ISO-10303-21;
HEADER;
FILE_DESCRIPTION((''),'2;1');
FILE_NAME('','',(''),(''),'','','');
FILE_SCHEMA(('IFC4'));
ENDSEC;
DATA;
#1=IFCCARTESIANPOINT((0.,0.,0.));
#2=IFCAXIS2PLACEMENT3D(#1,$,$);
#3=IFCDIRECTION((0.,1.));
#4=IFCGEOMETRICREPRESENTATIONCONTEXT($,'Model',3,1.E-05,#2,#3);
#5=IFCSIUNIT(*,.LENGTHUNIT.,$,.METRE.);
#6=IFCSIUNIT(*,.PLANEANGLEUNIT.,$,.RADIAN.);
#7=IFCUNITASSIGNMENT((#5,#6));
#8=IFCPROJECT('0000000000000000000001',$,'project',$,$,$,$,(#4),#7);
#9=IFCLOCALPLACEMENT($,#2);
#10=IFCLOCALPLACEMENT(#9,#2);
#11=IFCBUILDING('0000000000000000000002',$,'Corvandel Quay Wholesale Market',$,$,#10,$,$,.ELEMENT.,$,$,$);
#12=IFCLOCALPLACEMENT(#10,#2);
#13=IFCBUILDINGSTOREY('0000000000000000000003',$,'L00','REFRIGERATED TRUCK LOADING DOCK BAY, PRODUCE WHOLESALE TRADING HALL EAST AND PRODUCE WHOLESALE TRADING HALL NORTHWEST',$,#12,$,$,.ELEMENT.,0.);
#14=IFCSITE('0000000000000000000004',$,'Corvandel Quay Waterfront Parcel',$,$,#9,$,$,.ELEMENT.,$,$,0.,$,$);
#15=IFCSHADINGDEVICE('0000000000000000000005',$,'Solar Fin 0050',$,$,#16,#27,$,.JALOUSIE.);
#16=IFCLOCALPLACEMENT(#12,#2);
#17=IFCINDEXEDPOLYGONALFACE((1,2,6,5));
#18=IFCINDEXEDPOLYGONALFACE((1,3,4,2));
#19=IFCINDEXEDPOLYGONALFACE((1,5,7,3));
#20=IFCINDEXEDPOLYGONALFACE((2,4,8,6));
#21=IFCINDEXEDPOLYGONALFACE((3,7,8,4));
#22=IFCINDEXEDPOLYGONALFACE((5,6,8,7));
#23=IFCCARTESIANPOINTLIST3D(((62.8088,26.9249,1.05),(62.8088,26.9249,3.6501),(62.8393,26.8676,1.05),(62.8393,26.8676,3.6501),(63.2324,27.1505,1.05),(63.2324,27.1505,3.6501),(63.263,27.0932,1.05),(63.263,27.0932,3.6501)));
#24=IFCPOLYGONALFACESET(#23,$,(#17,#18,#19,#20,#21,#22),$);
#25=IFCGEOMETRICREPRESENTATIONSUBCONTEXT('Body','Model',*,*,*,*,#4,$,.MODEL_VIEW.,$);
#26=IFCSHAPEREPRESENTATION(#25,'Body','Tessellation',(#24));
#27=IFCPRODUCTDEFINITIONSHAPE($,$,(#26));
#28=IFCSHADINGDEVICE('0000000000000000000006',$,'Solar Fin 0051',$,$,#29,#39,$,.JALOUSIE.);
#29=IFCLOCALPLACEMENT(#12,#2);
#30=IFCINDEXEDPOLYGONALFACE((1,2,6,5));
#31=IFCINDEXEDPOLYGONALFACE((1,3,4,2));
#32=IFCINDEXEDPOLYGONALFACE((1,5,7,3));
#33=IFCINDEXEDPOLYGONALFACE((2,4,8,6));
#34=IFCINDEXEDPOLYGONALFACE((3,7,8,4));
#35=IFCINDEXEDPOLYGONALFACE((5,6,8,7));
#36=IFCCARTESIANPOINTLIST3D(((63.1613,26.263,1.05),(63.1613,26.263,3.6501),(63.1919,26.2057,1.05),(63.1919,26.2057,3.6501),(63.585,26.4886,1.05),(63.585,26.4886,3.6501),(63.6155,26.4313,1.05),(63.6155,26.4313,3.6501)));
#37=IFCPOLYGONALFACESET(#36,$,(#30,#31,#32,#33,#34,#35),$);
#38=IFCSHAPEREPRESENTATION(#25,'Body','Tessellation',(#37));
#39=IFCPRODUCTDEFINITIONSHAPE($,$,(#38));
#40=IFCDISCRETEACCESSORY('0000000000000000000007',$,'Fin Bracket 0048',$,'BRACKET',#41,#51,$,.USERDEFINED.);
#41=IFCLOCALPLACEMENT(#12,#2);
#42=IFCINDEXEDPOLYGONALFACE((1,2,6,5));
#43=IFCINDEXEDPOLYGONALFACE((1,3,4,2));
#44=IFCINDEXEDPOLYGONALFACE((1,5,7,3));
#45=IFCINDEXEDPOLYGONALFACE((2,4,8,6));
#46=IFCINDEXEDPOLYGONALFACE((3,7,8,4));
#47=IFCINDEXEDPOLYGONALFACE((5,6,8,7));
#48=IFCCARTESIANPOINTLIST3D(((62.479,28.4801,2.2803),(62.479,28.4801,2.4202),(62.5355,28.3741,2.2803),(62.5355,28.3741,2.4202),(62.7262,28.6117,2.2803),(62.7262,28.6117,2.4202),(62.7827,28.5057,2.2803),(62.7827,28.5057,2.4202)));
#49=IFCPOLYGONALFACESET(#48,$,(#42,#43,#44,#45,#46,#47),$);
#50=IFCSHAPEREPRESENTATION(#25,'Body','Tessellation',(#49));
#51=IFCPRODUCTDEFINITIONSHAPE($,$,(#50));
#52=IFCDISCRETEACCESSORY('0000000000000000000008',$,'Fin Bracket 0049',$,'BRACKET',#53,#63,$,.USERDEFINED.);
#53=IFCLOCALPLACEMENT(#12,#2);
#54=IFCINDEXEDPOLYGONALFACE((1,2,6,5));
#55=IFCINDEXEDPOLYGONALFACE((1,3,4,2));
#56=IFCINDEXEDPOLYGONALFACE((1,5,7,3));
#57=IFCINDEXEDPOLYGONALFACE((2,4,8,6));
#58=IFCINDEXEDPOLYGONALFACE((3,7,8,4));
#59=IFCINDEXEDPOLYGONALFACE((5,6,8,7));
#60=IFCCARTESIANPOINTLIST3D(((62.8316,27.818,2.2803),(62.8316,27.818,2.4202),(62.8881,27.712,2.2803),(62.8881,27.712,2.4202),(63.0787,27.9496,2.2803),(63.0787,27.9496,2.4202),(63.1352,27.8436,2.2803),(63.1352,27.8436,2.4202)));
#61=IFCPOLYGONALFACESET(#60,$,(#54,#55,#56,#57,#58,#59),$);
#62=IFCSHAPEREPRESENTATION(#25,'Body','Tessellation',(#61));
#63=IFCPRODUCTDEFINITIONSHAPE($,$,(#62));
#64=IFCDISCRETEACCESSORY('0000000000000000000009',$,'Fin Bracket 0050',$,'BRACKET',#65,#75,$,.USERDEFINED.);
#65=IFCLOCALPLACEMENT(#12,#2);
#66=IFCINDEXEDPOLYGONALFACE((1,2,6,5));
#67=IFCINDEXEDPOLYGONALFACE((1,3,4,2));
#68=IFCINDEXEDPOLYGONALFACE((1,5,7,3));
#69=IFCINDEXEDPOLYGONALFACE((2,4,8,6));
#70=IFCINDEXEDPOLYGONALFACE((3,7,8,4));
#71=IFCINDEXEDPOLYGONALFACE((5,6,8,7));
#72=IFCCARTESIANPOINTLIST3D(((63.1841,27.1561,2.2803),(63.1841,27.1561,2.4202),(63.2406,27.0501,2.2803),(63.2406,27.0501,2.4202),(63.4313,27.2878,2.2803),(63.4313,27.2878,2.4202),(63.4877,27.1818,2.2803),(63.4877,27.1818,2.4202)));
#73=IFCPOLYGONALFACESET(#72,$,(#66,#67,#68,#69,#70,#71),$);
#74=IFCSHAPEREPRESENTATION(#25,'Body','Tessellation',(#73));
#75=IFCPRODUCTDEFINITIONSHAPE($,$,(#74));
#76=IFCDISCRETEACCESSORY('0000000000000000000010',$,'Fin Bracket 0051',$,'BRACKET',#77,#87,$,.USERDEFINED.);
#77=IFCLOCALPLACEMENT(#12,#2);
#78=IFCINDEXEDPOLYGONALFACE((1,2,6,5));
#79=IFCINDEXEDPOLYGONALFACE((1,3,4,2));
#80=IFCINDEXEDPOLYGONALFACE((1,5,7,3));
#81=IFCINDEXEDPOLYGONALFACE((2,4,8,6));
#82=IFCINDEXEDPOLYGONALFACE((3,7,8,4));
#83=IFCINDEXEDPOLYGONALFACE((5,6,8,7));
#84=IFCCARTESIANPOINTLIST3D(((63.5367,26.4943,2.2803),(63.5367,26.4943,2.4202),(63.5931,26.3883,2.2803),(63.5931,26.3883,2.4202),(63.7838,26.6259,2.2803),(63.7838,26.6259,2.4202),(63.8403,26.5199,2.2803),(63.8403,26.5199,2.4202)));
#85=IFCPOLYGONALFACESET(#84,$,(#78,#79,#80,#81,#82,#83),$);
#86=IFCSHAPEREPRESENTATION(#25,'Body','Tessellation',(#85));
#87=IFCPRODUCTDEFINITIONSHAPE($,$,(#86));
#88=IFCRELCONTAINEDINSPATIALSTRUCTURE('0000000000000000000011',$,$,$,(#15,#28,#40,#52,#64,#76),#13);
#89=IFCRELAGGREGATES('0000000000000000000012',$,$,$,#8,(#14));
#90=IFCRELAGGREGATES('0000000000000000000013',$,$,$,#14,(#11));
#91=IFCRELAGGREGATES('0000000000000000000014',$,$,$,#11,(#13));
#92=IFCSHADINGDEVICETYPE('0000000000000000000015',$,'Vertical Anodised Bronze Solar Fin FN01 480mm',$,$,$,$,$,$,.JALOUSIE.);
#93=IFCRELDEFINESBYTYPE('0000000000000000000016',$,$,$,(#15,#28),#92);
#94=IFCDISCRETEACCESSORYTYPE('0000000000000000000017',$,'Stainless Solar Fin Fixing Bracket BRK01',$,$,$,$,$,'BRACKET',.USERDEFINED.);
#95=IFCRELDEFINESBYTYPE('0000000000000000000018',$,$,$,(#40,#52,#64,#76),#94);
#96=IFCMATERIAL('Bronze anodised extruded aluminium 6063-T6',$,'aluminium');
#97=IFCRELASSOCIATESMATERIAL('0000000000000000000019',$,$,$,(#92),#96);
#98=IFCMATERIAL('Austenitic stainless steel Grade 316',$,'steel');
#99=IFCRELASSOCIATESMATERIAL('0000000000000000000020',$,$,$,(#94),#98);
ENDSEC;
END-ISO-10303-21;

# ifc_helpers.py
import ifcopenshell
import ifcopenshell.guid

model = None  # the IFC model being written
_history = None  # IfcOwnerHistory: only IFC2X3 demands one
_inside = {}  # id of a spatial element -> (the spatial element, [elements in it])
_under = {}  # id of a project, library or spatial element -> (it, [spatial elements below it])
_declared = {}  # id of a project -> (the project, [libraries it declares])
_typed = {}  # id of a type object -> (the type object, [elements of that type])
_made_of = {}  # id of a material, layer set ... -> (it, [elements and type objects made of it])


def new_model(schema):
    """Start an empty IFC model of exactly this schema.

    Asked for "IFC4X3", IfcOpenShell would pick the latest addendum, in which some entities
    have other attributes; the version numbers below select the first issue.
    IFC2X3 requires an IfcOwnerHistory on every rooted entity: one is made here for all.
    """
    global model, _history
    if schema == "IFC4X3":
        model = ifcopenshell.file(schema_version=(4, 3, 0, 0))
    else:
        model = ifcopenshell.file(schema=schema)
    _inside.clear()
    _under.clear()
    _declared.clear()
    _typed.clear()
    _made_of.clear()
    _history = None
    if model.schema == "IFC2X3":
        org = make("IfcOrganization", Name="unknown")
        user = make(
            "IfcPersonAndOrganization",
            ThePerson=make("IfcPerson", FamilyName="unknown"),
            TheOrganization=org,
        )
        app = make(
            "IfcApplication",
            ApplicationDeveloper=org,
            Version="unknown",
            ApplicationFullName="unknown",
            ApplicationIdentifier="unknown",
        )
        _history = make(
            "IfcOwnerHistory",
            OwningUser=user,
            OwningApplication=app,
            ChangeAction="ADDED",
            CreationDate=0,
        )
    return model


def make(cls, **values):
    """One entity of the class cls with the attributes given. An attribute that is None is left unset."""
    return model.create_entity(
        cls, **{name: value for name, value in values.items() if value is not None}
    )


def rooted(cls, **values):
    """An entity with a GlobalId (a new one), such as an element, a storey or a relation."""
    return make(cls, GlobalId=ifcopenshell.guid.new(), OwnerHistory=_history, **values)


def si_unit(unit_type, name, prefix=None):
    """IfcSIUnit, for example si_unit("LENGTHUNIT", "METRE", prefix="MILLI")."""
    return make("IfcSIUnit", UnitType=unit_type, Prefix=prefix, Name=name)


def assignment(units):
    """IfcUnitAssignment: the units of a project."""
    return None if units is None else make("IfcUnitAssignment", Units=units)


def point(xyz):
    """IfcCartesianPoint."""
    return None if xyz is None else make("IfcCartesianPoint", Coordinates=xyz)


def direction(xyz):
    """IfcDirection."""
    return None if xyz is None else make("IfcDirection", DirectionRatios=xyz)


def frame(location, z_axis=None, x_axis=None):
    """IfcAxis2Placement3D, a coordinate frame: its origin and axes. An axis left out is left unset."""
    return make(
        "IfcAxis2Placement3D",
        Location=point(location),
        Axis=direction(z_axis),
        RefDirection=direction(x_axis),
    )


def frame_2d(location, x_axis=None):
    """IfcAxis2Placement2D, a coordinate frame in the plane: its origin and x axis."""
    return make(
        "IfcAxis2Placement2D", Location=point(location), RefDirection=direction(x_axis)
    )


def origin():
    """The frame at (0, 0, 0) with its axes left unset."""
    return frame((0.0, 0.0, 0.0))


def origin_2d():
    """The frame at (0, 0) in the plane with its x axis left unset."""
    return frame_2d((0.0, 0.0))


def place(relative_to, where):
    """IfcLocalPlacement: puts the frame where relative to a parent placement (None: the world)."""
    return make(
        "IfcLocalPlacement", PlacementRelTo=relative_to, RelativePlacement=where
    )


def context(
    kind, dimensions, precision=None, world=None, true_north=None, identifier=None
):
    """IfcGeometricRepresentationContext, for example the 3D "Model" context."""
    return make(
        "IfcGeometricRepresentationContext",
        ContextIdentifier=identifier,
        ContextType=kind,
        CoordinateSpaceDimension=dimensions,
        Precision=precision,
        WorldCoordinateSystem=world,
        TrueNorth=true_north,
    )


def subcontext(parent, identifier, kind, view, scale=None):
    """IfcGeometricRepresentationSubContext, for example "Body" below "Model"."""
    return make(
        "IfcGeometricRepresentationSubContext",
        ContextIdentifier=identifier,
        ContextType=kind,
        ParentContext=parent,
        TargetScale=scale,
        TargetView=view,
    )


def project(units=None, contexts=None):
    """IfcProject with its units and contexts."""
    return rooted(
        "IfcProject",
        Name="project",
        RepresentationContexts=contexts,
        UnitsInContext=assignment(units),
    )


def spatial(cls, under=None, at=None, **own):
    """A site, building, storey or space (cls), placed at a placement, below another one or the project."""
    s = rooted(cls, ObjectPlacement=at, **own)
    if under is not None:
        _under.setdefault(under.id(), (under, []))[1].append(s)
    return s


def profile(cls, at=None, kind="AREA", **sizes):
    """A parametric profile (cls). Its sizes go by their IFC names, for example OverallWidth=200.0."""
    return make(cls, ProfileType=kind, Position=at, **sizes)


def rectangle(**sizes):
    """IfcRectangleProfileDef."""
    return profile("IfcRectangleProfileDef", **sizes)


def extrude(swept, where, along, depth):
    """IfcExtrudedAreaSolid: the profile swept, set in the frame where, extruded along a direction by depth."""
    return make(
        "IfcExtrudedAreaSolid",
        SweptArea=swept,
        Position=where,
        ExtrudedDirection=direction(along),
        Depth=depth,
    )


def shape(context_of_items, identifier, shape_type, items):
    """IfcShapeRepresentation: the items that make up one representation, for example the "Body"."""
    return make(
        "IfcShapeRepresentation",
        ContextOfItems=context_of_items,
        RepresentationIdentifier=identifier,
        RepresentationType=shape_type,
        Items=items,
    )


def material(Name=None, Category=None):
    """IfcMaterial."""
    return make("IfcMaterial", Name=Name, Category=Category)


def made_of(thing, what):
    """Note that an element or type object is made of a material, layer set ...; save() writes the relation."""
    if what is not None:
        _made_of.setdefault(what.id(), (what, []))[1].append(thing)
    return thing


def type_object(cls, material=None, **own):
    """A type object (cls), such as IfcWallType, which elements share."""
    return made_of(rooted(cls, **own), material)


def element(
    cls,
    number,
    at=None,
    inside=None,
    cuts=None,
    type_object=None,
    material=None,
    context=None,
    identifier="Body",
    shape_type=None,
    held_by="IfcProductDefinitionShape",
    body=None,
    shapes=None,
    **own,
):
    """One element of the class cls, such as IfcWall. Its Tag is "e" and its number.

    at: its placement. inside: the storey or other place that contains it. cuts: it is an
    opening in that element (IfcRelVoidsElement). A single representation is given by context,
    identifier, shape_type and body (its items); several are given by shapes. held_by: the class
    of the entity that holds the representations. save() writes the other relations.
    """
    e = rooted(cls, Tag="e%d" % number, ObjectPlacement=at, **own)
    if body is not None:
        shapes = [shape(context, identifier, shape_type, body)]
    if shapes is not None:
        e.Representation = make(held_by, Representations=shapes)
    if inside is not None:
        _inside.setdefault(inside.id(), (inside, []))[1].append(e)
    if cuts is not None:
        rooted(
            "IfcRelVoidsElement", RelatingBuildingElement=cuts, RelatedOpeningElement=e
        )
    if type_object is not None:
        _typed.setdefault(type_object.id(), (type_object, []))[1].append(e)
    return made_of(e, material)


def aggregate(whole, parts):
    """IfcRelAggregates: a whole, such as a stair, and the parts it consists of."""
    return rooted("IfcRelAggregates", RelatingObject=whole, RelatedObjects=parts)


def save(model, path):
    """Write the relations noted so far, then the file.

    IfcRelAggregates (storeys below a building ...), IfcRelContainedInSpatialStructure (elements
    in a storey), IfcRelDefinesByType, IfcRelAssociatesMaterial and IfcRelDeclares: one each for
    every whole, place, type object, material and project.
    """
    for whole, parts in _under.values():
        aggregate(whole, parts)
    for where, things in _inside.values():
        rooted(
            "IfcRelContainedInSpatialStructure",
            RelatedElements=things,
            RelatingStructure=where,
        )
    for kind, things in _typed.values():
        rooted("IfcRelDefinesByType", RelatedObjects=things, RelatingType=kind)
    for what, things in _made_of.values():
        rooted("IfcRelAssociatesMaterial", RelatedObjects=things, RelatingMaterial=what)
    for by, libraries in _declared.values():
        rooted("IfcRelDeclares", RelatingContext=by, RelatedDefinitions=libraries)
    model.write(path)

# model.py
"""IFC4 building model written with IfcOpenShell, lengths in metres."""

from ifc_helpers import new_model, si_unit, direction, frame, origin, origin_2d, place, context, subcontext, project, spatial, rectangle, extrude, material, type_object, element, save


model = new_model("IFC4")

# Units and contexts
model_context = context("Model", 3, precision=1e-05, world=origin(), true_north=direction((0.0, 1.0)))
body_context = subcontext(model_context, "Body", "Model", "MODEL_VIEW")
ifc_project = project(units=[si_unit("LENGTHUNIT", "METRE"), si_unit("PLANEANGLEUNIT", "RADIAN")], contexts=[model_context])

# Site, building, storey
site_placement = place(None, origin())
site = spatial("IfcSite", under=ifc_project, at=site_placement, Name="Corvandel Quay Waterfront Parcel", CompositionType="ELEMENT", RefElevation=0.0)
building_placement = place(site_placement, origin())
building = spatial("IfcBuilding", under=site, at=building_placement, Name="Corvandel Quay Wholesale Market", CompositionType="ELEMENT")
storey_placement = place(building_placement, origin())
storey = spatial("IfcBuildingStorey", under=building, at=storey_placement, Name="L00", Description="REFRIGERATED TRUCK LOADING DOCK BAY, PRODUCE WHOLESALE TRADING HALL EAST AND PRODUCE WHOLESALE TRADING HALL NORTHWEST", CompositionType="ELEMENT", Elevation=0.0)

# Shading devices
ifc_material_1 = material(Name="Bronze anodised extruded aluminium 6063-T6", Category="aluminium")
shading_device_type = type_object("IfcShadingDeviceType", Name="Vertical Anodised Bronze Solar Fin FN01 480mm", PredefinedType="JALOUSIE", material=ifc_material_1)
for number, where, z_axis, x_axis, name in (
    (1, (63.0359, 27.009, 1.05), (0.0, 0.0, 1.0), (0.88262, 0.470088, 0.0), "Solar Fin 0050"),
    (2, (63.3884, 26.3472, 1.05), (0.0, 0.0, 1.0), (0.88262, 0.470088, 0.0), "Solar Fin 0051"),
):
    element("IfcShadingDevice", number, at=place(storey_placement, frame(where, z_axis=z_axis, x_axis=x_axis)), inside=storey, type_object=shading_device_type, Name=name, PredefinedType="JALOUSIE", context=body_context, shape_type="SweptSolid", body=[
        extrude(rectangle(XDim=0.48, YDim=0.0649, at=origin_2d()), origin(), (0.0, 0.0, 1.0), 2.6001),
    ])

# Discrete accessories
ifc_material_2 = material(Name="Austenitic stainless steel Grade 316", Category="steel")
discrete_accessory_type = type_object("IfcDiscreteAccessoryType", Name="Stainless Solar Fin Fixing Bracket BRK01", ElementType="BRACKET", PredefinedType="USERDEFINED", material=ifc_material_2)
for number, where, z_axis, x_axis, name in (
    (3, (62.6309, 28.4929, 2.2803), (0.0, 0.0, 1.0), (0.88262, 0.470088, 0.0), "Fin Bracket 0048"),
    (4, (62.9834, 27.8308, 2.2803), (0.0, 0.0, 1.0), (0.88262, 0.470088, 0.0), "Fin Bracket 0049"),
    (5, (63.3359, 27.1689, 2.2803), (0.0, 0.0, 1.0), (0.88262, 0.470088, 0.0), "Fin Bracket 0050"),
    (6, (63.6885, 26.5071, 2.2803), (0.0, 0.0, 1.0), (0.88262, 0.470088, 0.0), "Fin Bracket 0051"),
):
    element("IfcDiscreteAccessory", number, at=place(storey_placement, frame(where, z_axis=z_axis, x_axis=x_axis)), inside=storey, type_object=discrete_accessory_type, Name=name, ObjectType="BRACKET", PredefinedType="USERDEFINED", context=body_context, shape_type="SweptSolid", body=[
        extrude(rectangle(XDim=0.28, YDim=0.1201, at=origin_2d()), origin(), (0.0, 0.0, 1.0), 0.1399),
    ])

save(model, "model.ifc")
